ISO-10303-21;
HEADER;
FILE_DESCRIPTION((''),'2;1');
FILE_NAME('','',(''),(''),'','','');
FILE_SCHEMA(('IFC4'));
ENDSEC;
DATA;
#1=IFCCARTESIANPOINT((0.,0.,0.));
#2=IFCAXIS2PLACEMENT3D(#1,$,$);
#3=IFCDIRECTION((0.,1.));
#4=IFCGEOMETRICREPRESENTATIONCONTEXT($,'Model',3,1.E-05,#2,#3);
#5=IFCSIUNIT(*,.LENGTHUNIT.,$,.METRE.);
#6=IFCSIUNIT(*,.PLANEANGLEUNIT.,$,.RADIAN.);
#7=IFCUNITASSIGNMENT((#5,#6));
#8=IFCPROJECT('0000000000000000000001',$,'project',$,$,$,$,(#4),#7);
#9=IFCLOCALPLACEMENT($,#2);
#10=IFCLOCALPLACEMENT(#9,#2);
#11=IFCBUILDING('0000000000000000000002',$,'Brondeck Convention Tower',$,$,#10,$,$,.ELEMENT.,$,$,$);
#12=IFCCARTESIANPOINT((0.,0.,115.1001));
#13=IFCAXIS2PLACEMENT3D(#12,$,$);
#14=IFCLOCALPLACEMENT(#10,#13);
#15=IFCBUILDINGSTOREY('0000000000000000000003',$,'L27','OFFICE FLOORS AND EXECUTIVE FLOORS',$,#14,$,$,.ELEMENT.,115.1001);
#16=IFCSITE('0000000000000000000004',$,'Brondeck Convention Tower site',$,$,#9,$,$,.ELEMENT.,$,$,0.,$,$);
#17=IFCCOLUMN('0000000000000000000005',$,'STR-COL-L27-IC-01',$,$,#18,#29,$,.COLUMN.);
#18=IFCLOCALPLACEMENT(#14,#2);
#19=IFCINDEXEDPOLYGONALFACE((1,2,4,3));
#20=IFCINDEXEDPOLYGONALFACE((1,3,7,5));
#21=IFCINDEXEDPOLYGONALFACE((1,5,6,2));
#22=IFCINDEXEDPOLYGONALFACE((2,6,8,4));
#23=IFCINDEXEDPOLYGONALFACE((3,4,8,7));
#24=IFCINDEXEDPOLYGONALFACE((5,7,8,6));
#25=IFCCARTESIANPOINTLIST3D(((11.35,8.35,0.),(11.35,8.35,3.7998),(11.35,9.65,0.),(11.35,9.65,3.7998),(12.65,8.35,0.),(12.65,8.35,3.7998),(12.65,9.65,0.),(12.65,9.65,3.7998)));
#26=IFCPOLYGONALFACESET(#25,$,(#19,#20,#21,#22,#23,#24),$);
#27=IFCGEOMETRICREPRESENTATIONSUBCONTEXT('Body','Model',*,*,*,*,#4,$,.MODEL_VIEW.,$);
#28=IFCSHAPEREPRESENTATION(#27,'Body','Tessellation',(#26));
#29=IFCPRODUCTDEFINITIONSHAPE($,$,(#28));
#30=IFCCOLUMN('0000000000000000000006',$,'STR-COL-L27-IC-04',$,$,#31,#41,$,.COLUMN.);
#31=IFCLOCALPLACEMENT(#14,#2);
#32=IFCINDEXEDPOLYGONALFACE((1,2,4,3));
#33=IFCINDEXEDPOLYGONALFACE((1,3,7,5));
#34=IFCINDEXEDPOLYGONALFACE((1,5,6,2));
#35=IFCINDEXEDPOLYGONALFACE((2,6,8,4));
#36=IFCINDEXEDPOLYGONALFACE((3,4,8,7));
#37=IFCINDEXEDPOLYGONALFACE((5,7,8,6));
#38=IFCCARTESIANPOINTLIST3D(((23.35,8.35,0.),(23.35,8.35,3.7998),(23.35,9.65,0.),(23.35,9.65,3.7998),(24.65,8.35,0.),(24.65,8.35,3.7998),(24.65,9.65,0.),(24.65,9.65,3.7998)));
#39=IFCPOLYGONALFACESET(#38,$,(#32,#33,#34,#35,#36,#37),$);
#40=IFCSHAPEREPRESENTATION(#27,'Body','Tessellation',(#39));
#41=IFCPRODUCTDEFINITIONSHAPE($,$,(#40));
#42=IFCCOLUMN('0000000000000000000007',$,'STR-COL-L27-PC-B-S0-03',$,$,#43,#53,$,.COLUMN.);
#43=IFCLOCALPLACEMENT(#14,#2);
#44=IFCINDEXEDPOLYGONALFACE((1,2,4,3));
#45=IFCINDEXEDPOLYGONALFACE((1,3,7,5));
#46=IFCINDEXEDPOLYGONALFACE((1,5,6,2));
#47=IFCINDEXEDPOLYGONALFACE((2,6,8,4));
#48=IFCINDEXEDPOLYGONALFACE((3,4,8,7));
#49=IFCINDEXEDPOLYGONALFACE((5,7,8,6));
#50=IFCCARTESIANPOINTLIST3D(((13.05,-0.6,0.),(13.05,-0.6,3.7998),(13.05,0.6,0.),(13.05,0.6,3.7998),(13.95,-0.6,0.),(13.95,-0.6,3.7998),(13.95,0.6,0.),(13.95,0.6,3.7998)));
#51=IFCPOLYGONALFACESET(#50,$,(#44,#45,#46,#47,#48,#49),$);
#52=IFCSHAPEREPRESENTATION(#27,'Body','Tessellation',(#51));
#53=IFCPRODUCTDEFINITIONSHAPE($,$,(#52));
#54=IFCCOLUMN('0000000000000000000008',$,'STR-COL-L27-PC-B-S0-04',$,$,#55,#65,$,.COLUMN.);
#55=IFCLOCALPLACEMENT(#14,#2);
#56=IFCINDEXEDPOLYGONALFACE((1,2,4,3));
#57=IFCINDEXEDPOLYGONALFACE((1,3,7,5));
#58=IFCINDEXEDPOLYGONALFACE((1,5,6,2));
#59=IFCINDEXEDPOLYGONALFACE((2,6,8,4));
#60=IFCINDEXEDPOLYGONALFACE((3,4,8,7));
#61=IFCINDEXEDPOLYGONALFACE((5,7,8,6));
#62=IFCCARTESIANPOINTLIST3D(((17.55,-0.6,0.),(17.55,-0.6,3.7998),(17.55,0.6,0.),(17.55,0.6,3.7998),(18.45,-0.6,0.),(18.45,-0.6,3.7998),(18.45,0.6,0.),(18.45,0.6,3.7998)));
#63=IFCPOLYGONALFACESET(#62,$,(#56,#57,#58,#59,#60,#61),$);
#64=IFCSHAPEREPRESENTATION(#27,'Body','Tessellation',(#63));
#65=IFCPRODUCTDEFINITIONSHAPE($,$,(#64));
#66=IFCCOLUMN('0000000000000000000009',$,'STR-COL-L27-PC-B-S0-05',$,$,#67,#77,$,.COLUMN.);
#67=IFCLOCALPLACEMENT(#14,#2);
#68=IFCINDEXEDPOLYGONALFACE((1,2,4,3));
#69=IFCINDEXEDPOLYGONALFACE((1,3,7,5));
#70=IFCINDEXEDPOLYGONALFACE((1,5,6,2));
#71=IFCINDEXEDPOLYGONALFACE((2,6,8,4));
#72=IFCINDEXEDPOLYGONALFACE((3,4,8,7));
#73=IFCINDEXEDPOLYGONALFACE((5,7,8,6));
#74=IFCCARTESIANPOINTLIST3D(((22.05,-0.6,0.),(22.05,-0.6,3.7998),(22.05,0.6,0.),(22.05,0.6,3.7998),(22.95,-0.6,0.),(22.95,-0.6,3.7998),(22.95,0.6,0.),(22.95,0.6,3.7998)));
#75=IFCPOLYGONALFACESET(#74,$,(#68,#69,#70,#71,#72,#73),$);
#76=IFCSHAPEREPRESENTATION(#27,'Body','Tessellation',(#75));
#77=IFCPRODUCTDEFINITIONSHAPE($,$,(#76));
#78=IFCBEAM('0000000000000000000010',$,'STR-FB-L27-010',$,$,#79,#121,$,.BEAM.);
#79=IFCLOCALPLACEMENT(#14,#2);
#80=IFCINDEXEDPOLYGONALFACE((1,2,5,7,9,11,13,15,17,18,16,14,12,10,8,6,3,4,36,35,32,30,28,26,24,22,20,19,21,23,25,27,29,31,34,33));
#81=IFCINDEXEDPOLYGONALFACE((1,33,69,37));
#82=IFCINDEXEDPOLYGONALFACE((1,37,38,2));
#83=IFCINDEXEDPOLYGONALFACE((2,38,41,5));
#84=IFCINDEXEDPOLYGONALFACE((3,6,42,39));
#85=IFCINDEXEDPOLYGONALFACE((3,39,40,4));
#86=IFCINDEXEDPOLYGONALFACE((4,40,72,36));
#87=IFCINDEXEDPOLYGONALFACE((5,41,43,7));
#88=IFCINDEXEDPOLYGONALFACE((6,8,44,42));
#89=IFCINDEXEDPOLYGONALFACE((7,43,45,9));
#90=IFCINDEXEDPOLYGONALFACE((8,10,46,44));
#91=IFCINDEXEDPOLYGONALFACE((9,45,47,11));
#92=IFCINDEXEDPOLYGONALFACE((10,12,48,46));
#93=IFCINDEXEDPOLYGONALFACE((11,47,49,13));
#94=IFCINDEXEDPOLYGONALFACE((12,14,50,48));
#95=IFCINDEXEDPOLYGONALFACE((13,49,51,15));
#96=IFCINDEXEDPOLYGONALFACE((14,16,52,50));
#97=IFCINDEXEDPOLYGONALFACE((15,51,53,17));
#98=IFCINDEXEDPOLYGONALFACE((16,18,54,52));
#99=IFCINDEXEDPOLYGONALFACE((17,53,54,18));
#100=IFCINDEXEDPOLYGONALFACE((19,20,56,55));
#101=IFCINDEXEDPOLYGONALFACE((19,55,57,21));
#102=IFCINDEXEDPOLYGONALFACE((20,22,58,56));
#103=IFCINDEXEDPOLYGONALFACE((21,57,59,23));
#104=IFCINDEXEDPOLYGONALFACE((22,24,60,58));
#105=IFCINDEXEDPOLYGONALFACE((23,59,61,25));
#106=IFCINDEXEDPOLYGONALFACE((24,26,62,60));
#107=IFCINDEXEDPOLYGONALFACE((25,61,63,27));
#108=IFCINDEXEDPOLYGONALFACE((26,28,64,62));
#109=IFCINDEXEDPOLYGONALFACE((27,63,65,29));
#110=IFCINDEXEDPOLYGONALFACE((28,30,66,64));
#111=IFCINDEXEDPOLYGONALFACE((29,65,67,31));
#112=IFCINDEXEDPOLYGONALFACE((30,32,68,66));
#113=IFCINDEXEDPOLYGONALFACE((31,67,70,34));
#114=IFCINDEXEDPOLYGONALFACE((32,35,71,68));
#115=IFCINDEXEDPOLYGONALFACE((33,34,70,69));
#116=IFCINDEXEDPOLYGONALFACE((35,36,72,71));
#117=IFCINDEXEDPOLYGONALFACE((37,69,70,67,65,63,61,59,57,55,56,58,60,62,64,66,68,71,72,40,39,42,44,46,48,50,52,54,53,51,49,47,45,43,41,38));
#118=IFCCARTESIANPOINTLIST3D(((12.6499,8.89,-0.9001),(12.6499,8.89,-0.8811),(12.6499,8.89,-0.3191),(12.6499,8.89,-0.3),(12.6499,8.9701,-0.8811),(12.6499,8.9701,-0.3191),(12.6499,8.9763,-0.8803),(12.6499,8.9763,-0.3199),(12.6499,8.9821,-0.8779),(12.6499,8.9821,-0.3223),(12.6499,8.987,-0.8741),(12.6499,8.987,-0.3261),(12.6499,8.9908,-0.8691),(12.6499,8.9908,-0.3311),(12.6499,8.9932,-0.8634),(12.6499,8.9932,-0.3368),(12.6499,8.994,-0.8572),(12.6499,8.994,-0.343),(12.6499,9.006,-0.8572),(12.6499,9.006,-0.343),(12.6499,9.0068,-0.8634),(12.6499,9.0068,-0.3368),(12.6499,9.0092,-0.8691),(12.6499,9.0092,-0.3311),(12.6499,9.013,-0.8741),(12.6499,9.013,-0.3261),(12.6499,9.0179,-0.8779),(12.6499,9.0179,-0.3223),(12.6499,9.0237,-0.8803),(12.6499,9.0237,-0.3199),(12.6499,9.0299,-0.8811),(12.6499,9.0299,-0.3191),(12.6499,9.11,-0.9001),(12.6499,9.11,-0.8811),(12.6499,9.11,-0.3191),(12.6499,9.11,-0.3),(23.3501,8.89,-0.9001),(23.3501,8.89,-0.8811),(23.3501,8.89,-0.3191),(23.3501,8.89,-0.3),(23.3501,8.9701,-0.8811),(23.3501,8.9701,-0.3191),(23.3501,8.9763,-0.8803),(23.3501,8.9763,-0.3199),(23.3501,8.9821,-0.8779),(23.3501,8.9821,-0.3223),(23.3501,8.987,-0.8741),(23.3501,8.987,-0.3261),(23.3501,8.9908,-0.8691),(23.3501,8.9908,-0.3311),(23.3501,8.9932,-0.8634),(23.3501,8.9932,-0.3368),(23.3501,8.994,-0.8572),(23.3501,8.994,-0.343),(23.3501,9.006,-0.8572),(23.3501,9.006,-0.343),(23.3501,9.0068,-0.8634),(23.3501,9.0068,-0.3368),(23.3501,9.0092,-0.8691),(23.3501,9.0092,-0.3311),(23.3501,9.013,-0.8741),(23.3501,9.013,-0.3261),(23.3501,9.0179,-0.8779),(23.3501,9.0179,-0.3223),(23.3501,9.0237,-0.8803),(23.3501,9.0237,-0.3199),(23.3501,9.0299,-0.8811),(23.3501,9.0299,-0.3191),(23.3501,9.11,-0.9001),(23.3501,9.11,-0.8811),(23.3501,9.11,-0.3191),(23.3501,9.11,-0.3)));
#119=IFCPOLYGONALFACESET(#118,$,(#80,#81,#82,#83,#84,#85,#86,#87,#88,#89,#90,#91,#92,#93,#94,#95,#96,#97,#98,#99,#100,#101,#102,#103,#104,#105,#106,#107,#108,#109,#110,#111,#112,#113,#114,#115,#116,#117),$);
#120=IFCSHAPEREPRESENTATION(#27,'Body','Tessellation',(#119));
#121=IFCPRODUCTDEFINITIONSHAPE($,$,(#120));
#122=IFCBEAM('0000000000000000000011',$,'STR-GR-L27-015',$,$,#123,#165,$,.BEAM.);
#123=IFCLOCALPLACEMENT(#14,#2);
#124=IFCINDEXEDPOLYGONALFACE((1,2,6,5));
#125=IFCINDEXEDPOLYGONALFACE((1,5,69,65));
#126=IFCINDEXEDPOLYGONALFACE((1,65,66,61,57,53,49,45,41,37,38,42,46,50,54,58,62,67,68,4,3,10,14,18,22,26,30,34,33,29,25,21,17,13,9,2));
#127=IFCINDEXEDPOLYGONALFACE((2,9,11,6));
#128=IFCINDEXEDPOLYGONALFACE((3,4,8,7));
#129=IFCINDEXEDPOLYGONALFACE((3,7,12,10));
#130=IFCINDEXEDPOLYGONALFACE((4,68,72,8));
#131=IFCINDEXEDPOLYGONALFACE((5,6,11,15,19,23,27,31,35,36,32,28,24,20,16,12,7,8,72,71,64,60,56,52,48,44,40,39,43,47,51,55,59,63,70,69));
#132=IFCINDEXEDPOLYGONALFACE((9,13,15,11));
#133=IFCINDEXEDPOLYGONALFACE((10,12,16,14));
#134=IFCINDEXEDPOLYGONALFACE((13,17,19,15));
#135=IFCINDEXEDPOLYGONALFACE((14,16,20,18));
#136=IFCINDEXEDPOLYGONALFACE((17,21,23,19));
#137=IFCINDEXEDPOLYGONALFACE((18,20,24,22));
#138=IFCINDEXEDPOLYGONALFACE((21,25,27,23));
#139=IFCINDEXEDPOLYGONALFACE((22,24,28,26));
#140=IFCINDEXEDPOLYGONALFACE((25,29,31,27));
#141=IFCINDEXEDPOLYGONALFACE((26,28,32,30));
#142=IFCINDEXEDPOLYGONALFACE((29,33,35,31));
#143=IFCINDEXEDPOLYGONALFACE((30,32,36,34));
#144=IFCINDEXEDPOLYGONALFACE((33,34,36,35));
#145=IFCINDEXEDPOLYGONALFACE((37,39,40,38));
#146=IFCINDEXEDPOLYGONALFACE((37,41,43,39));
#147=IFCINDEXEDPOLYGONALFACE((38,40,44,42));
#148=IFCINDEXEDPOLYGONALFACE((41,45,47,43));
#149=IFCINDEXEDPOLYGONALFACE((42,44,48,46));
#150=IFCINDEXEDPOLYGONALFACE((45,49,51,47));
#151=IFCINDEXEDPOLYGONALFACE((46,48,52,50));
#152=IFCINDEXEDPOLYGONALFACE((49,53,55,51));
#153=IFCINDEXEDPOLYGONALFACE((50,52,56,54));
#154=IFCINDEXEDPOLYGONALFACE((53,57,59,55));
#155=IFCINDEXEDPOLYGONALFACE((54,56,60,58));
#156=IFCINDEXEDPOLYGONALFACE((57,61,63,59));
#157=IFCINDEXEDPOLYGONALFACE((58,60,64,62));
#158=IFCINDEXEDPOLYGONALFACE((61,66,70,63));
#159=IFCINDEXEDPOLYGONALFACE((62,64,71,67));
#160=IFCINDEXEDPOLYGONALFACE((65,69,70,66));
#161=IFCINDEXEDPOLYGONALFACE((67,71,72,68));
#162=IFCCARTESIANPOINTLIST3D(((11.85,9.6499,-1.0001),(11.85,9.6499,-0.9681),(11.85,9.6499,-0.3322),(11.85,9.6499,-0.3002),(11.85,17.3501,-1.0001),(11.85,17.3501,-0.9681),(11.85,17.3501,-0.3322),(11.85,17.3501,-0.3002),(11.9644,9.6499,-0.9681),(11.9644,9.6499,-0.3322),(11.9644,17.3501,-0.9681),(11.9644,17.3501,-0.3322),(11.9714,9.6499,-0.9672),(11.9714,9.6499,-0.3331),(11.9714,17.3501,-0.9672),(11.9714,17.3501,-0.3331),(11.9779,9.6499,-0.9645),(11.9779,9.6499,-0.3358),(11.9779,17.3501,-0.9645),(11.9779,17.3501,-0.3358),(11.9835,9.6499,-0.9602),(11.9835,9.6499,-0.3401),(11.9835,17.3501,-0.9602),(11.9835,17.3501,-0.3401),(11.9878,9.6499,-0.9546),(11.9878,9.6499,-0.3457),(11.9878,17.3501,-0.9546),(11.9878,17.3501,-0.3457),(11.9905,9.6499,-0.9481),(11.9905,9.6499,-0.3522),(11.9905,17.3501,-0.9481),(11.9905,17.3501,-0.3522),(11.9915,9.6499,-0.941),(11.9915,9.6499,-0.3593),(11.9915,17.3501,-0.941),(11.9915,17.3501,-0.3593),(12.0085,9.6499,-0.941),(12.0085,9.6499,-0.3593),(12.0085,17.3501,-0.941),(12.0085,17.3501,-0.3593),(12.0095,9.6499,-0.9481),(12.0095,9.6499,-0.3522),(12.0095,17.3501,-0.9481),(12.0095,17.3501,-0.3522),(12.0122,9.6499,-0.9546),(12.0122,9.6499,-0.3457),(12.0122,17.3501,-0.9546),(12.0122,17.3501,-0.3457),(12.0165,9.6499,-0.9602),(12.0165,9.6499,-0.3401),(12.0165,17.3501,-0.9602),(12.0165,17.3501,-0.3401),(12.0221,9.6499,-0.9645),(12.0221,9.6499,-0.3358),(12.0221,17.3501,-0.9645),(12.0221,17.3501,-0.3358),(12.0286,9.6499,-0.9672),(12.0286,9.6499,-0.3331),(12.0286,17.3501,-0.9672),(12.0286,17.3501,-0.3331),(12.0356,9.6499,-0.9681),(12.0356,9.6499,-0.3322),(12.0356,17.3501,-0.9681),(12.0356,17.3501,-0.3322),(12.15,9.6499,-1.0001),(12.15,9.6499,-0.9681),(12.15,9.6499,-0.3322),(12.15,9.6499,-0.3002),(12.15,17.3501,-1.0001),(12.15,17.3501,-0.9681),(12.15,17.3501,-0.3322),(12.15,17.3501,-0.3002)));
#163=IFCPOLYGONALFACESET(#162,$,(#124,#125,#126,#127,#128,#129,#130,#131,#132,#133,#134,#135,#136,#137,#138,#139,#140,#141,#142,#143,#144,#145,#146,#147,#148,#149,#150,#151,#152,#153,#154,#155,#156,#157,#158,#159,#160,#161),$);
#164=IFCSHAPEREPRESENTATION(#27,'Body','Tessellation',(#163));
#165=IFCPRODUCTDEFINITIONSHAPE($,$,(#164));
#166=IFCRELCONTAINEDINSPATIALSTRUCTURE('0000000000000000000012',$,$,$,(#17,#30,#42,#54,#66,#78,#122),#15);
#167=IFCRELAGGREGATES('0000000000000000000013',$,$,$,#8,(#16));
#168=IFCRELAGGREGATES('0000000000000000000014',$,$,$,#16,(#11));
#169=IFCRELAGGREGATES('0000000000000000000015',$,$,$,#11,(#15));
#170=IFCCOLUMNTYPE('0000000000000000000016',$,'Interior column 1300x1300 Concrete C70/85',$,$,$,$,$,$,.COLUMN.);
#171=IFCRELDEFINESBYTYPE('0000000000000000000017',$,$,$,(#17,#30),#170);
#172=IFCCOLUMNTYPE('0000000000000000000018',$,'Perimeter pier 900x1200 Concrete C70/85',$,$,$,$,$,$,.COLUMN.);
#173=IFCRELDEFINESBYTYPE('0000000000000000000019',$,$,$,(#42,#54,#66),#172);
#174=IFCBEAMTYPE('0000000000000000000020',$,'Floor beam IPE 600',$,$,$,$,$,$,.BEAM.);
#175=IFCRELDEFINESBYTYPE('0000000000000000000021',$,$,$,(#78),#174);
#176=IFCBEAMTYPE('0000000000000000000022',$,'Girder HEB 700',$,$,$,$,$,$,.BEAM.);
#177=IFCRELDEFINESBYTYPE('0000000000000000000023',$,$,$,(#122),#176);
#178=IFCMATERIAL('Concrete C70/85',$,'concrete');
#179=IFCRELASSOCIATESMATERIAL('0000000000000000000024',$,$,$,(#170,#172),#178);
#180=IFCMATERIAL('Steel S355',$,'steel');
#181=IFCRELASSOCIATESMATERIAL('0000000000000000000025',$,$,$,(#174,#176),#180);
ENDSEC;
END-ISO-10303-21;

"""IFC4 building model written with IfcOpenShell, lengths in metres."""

from ifc_helpers import new_model, si_unit, direction, frame, origin, origin_2d, place, context, subcontext, project, spatial, rectangle, i_section, extrude, material, material_profile, profile_set, type_object, element, save


model = new_model("IFC4")

# Units and contexts
model_context = context("Model", 3, precision=1e-05, world=origin(), true_north=direction((0.0, 1.0)))
body_context = subcontext(model_context, "Body", "Model", "MODEL_VIEW")
ifc_project = project(units=[si_unit("LENGTHUNIT", "METRE"), si_unit("PLANEANGLEUNIT", "RADIAN")], contexts=[model_context])

# Site, building, storey
site_placement = place(None, origin())
site = spatial("IfcSite", under=ifc_project, at=site_placement, Name="Brondeck Convention Tower site", CompositionType="ELEMENT", RefElevation=0.0)
building_placement = place(site_placement, origin())
building = spatial("IfcBuilding", under=site, at=building_placement, Name="Brondeck Convention Tower", CompositionType="ELEMENT")
storey_placement = place(building_placement, frame((0.0, 0.0, 115.1001)))
storey = spatial("IfcBuildingStorey", under=building, at=storey_placement, Name="L27", Description="OFFICE FLOORS AND EXECUTIVE FLOORS", CompositionType="ELEMENT", Elevation=115.1001)

# Columns
ifc_material_1 = material(Name="Concrete C70/85", Category="concrete")
ifc_material_profile_1 = material_profile(ifc_material_1, rectangle(XDim=1.3, YDim=1.3, at=origin_2d()), Name="Interior column 1300x1300 Concrete C70/85")
ifc_profile_set_1 = profile_set([ifc_material_profile_1], Name="Concrete C70/85")
column_type_1 = type_object("IfcColumnType", Name="Interior column 1300x1300 Concrete C70/85", PredefinedType="COLUMN", material=ifc_profile_set_1)
for number, where, z_axis, x_axis, name in (
    (1, (12.0, 9.0, 0.0), (0.0, 0.0, 1.0), (1.0, 0.0, 0.0), "STR-COL-L27-IC-01"),
    (2, (24.0, 9.0, 0.0), (0.0, 0.0, 1.0), (1.0, 0.0, 0.0), "STR-COL-L27-IC-04"),
):
    element("IfcColumn", number, at=place(storey_placement, frame(where, z_axis=z_axis, x_axis=x_axis)), inside=storey, type_object=column_type_1, Name=name, PredefinedType="COLUMN", context=body_context, shape_type="SweptSolid", body=[
        extrude(rectangle(XDim=1.3, YDim=1.3, at=origin_2d()), origin(), (0.0, 0.0, 1.0), 3.7998),
    ])
ifc_material_profile_2 = material_profile(ifc_material_1, rectangle(XDim=0.8999, YDim=1.2, at=origin_2d()), Name="Perimeter pier 900x1200 Concrete C70/85")
ifc_profile_set_2 = profile_set([ifc_material_profile_2], Name="Concrete C70/85")
column_type_2 = type_object("IfcColumnType", Name="Perimeter pier 900x1200 Concrete C70/85", PredefinedType="COLUMN", material=ifc_profile_set_2)
for number, where, z_axis, x_axis, name in (
    (3, (13.5, 0.0, 0.0), (0.0, 0.0, 1.0), (1.0, 0.0, 0.0), "STR-COL-L27-PC-B-S0-03"),
    (4, (18.0, 0.0, 0.0), (0.0, 0.0, 1.0), (1.0, 0.0, 0.0), "STR-COL-L27-PC-B-S0-04"),
    (5, (22.5, 0.0, 0.0), (0.0, 0.0, 1.0), (1.0, 0.0, 0.0), "STR-COL-L27-PC-B-S0-05"),
):
    element("IfcColumn", number, at=place(storey_placement, frame(where, z_axis=z_axis, x_axis=x_axis)), inside=storey, type_object=column_type_2, Name=name, PredefinedType="COLUMN", context=body_context, shape_type="SweptSolid", body=[
        extrude(rectangle(XDim=0.8999, YDim=1.2, at=origin_2d()), origin(), (0.0, 0.0, 1.0), 3.7998),
    ])

# Beams
ifc_material_2 = material(Name="Steel S355", Category="steel")
ifc_material_profile_3 = material_profile(ifc_material_2, i_section(OverallWidth=0.22, OverallDepth=0.6001, WebThickness=0.012, FlangeThickness=0.019, FilletRadius=0.0239, at=origin_2d()), Name="IPE 600")
ifc_profile_set_3 = profile_set([ifc_material_profile_3], Name="Steel S355")
beam_type_1 = type_object("IfcBeamType", Name="Floor beam IPE 600", PredefinedType="BEAM", material=ifc_profile_set_3)
beam_1_placement = place(storey_placement, frame((12.6499, 9.0, -0.6001), z_axis=(1.0, 0.0, 0.0), x_axis=(0.0, 1.0, 0.0)))
element("IfcBeam", 6, at=beam_1_placement, inside=storey, type_object=beam_type_1, Name="STR-FB-L27-010", PredefinedType="BEAM", context=body_context, shape_type="SweptSolid", body=[
    extrude(i_section(OverallWidth=0.22, OverallDepth=0.6001, WebThickness=0.012, FlangeThickness=0.019, FilletRadius=0.0239, at=origin_2d()), origin(), (0.0, 0.0, 1.0), 10.7002),
])
ifc_material_profile_4 = material_profile(ifc_material_2, i_section(OverallWidth=0.3, OverallDepth=0.7, WebThickness=0.0171, FlangeThickness=0.032, FilletRadius=0.0271, at=origin_2d()), Name="HEB 700")
ifc_profile_set_4 = profile_set([ifc_material_profile_4], Name="Steel S355")
beam_type_2 = type_object("IfcBeamType", Name="Girder HEB 700", PredefinedType="BEAM", material=ifc_profile_set_4)
beam_2_placement = place(storey_placement, frame((12.0, 17.3501, -0.6501), z_axis=(0.0, -1.0, 0.0), x_axis=(1.0, 0.0, 0.0)))
element("IfcBeam", 7, at=beam_2_placement, inside=storey, type_object=beam_type_2, Name="STR-GR-L27-015", PredefinedType="BEAM", context=body_context, shape_type="SweptSolid", body=[
    extrude(i_section(OverallWidth=0.3, OverallDepth=0.7, WebThickness=0.0171, FlangeThickness=0.032, FilletRadius=0.0271, at=origin_2d()), origin(), (0.0, 0.0, 1.0), 7.7002),
])

save(model, "model.ifc")
